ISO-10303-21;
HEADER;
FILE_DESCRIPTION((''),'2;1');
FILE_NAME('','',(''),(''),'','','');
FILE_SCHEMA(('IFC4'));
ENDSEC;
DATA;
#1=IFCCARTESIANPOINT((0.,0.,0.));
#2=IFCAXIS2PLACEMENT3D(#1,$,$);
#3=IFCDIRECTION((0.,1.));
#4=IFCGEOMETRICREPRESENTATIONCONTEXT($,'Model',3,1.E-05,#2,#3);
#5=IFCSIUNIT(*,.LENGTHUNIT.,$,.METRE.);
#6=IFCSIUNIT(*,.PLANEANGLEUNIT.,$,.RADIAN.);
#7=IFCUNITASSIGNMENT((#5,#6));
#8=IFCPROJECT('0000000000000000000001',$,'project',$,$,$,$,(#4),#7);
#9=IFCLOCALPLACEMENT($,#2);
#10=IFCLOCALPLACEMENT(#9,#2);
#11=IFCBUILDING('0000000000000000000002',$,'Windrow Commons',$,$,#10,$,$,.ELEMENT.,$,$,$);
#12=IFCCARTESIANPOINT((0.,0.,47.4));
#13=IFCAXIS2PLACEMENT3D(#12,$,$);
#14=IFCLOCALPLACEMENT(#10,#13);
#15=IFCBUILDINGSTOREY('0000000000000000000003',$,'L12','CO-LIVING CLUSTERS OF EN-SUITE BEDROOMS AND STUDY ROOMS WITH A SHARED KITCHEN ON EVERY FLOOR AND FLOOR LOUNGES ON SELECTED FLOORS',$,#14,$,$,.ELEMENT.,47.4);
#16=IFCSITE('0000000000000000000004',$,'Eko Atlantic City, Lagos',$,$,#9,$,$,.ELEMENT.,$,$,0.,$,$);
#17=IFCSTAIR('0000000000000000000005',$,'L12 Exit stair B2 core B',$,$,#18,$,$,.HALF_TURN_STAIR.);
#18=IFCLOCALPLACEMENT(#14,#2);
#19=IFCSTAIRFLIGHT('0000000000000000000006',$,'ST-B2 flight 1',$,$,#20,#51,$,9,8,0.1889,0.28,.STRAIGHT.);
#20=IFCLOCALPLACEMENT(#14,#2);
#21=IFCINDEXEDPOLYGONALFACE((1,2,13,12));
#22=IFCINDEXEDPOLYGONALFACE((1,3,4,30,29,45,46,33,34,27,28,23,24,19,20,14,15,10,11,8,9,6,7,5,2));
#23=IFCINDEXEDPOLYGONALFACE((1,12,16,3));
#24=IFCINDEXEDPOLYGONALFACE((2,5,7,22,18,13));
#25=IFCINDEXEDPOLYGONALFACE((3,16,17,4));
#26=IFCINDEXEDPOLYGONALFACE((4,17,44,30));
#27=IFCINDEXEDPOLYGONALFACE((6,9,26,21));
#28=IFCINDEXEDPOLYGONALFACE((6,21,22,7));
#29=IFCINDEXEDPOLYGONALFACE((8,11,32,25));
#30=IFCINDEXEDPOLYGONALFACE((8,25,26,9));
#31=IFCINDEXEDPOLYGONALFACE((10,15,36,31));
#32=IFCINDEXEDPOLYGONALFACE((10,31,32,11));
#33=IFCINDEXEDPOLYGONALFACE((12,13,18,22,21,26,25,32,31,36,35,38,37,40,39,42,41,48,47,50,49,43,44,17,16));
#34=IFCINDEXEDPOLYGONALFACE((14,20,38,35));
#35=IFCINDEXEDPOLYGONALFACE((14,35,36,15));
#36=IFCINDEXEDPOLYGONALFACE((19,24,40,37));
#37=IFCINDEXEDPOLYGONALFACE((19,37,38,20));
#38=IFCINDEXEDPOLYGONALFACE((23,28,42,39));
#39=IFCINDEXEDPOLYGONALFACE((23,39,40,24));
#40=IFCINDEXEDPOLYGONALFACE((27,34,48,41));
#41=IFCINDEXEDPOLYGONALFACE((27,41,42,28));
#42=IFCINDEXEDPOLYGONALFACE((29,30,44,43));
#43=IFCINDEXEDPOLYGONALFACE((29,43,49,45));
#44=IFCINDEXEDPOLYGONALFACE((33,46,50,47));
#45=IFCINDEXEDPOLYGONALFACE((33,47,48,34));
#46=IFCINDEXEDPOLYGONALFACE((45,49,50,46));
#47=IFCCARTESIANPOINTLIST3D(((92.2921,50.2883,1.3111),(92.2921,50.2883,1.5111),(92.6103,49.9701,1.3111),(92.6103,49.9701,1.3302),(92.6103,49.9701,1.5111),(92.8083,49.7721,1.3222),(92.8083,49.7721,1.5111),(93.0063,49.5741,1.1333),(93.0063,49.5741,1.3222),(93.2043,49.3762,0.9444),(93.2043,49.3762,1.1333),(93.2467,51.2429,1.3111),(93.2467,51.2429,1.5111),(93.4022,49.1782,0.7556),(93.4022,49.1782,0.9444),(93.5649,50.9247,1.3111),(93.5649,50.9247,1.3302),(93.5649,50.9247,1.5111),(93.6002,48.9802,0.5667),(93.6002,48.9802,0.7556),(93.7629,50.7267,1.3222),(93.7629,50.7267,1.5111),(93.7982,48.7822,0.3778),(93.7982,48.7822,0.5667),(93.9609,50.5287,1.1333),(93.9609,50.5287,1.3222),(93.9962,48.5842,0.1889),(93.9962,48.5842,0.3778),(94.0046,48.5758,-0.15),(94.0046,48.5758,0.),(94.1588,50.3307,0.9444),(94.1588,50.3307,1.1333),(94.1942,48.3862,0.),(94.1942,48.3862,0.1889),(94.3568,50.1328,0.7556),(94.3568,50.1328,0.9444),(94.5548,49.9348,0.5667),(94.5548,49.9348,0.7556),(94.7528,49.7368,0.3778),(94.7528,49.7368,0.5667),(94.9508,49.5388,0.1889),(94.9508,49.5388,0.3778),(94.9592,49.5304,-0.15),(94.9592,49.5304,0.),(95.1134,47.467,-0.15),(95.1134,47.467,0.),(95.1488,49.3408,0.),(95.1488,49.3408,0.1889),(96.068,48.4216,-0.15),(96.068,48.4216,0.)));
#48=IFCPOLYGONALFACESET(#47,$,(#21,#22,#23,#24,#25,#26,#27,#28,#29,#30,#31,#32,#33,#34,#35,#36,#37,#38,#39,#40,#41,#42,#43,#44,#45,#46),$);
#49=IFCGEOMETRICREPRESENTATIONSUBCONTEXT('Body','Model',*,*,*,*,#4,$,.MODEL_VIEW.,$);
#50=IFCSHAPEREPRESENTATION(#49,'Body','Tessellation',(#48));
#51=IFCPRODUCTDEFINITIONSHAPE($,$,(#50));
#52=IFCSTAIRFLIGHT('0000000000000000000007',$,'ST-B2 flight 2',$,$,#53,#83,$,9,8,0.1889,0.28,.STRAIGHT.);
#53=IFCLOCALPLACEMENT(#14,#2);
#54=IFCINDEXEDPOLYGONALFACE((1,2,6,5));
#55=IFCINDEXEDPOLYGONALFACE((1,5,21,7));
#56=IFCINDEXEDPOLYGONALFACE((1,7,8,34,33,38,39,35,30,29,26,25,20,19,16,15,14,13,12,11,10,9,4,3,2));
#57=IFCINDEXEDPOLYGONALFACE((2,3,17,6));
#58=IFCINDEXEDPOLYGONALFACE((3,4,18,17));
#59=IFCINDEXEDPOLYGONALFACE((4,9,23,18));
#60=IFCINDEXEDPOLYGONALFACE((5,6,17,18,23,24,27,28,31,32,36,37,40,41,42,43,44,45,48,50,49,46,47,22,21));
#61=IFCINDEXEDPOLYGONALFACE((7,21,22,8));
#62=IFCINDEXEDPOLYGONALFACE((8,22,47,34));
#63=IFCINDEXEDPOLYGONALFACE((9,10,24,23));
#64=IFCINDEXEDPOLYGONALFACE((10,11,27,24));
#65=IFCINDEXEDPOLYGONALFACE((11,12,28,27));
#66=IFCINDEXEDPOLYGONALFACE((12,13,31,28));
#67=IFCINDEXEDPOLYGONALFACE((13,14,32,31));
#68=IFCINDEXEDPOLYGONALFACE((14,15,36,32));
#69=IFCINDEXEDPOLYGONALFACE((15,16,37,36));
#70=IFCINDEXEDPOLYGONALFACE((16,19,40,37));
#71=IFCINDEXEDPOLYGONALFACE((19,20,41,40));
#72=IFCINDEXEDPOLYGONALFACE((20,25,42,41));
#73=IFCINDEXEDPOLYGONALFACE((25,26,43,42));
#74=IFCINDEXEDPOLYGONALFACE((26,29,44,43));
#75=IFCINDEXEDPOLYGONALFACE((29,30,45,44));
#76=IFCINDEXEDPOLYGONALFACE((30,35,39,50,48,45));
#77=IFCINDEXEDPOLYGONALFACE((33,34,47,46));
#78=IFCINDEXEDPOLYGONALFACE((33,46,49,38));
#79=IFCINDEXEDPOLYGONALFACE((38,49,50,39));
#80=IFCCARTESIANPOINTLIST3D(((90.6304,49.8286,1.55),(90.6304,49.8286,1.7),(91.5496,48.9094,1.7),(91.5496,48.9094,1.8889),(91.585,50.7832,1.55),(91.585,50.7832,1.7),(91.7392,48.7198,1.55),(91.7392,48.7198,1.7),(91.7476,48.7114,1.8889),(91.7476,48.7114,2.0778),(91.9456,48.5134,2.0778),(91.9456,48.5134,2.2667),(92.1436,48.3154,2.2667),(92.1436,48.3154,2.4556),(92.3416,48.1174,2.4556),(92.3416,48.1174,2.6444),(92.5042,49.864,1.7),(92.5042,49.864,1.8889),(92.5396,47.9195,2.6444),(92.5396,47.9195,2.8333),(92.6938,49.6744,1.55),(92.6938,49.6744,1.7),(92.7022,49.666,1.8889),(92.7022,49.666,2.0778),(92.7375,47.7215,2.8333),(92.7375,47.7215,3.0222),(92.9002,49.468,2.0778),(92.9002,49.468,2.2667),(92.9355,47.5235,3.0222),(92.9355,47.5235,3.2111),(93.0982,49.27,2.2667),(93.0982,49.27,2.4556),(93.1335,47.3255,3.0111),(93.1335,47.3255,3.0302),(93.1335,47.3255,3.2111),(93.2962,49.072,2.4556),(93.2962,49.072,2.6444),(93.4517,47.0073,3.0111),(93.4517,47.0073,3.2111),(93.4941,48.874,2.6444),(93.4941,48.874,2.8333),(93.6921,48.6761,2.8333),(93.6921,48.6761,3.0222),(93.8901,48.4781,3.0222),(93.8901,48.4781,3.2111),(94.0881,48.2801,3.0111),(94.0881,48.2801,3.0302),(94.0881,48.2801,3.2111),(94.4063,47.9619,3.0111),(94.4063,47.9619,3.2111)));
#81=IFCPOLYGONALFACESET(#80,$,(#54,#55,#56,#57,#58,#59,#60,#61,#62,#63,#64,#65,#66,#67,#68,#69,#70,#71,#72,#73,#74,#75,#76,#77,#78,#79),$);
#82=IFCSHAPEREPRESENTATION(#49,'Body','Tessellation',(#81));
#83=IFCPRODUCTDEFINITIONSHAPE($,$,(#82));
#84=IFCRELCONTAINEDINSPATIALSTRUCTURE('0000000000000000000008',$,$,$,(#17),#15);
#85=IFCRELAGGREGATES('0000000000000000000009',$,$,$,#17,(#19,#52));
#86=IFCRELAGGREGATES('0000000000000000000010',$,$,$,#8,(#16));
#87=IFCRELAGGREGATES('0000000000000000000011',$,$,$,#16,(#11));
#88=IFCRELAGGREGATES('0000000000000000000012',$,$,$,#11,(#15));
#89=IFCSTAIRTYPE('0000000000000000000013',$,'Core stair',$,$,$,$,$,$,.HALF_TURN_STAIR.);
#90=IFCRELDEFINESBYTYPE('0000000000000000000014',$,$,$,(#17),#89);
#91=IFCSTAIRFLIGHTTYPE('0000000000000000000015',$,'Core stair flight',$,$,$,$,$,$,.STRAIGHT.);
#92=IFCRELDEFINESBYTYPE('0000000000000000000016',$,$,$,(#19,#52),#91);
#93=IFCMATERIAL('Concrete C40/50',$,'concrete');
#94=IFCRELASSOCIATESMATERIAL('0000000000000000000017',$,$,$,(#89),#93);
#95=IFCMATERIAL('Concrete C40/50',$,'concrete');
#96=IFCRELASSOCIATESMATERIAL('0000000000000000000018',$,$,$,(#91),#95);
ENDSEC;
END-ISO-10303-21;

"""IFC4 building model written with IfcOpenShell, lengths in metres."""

from ifc_helpers import new_model, si_unit, direction, frame, origin, place, context, subcontext, project, spatial, polyline, outline, extrude, material, type_object, element, aggregate, save


model = new_model("IFC4")

# Units and contexts
model_context = context("Model", 3, precision=1e-05, world=origin(), true_north=direction((0.0, 1.0)))
body_context = subcontext(model_context, "Body", "Model", "MODEL_VIEW")
ifc_project = project(units=[si_unit("LENGTHUNIT", "METRE"), si_unit("PLANEANGLEUNIT", "RADIAN")], contexts=[model_context])

# Site, building, storey
site_placement = place(None, origin())
site = spatial("IfcSite", under=ifc_project, at=site_placement, Name="Eko Atlantic City, Lagos", CompositionType="ELEMENT", RefElevation=0.0)
building_placement = place(site_placement, origin())
building = spatial("IfcBuilding", under=site, at=building_placement, Name="Windrow Commons", CompositionType="ELEMENT")
storey_placement = place(building_placement, frame((0.0, 0.0, 47.4)))
storey = spatial("IfcBuildingStorey", under=building, at=storey_placement, Name="L12", Description="CO-LIVING CLUSTERS OF EN-SUITE BEDROOMS AND STUDY ROOMS WITH A SHARED KITCHEN ON EVERY FLOOR AND FLOOR LOUNGES ON SELECTED FLOORS", CompositionType="ELEMENT", Elevation=47.4)

# Stair, stair flights
ifc_material_1 = material(Name="Concrete C40/50", Category="concrete")
stair_type = type_object("IfcStairType", Name="Core stair", PredefinedType="HALF_TURN_STAIR", material=ifc_material_1)
stair_placement = place(storey_placement, origin())
stair = element("IfcStair", 1, at=stair_placement, inside=storey, type_object=stair_type, Name="L12 Exit stair B2 core B", PredefinedType="HALF_TURN_STAIR")
ifc_material_2 = material(Name="Concrete C40/50", Category="concrete")
stair_flight_type = type_object("IfcStairFlightType", Name="Core stair flight", PredefinedType="STRAIGHT", material=ifc_material_2)
stair_flight_1_placement = place(storey_placement, frame((94.6715, 48.8635, 0.0), z_axis=(0.0, 0.0, 1.0), x_axis=(-0.707107, 0.707107, 0.0)))
stair_flight_1 = element("IfcStairFlight", 2, at=stair_flight_1_placement, type_object=stair_flight_type, Name="ST-B2 flight 1", NumberOfRisers=9, NumberOfTreads=8, PredefinedType="STRAIGHT", RiserHeight=0.1889, TreadLength=0.28, context=body_context, shape_type="SweptSolid", body=[
    extrude(outline(polyline([(-1.3, -0.15), (-1.3, 0.0), (0.0, 0.0), (0.0, 0.1889), (0.28, 0.1889), (0.28, 0.3778), (0.56, 0.3778), (0.56, 0.5667), (0.84, 0.5667), (0.84, 0.7556), (1.12, 0.7556), (1.12, 0.9444), (1.4, 0.9444), (1.4, 1.1333), (1.68, 1.1333), (1.68, 1.3222), (1.96, 1.3222), (1.96, 1.5111), (2.24, 1.5111), (2.69, 1.5111), (2.69, 1.3111), (2.24, 1.3111), (2.24, 1.3302), (0.2682, 0.0), (0.2682, -0.15), (-1.3, -0.15)])), frame((0.0, 0.675, 0.0), z_axis=(0.0, -1.0, 0.0), x_axis=(1.0, 0.0, 0.0)), (0.0, 0.0, 1.0), 1.35),
])
stair_flight_2_placement = place(storey_placement, frame((92.0269, 49.3867, 1.7), z_axis=(0.0, 0.0, 1.0), x_axis=(0.707107, -0.707107, 0.0)))
stair_flight_2 = element("IfcStairFlight", 3, at=stair_flight_2_placement, type_object=stair_flight_type, Name="ST-B2 flight 2", NumberOfRisers=9, NumberOfTreads=8, PredefinedType="STRAIGHT", RiserHeight=0.1889, TreadLength=0.28, context=body_context, shape_type="SweptSolid", body=[
    extrude(outline(polyline([(-1.3, -0.15), (-1.3, 0.0), (0.0, 0.0), (0.0, 0.1889), (0.28, 0.1889), (0.28, 0.3778), (0.56, 0.3778), (0.56, 0.5667), (0.84, 0.5667), (0.84, 0.7556), (1.12, 0.7556), (1.12, 0.9444), (1.4, 0.9444), (1.4, 1.1333), (1.68, 1.1333), (1.68, 1.3222), (1.96, 1.3222), (1.96, 1.5111), (2.24, 1.5111), (2.69, 1.5111), (2.69, 1.3111), (2.24, 1.3111), (2.24, 1.3302), (0.2682, 0.0), (0.2682, -0.15), (-1.3, -0.15)])), frame((0.0, 0.675, 0.0), z_axis=(0.0, -1.0, 0.0), x_axis=(1.0, 0.0, 0.0)), (0.0, 0.0, 1.0), 1.35),
])
aggregate(stair, [stair_flight_1, stair_flight_2])

save(model, "model.ifc")
